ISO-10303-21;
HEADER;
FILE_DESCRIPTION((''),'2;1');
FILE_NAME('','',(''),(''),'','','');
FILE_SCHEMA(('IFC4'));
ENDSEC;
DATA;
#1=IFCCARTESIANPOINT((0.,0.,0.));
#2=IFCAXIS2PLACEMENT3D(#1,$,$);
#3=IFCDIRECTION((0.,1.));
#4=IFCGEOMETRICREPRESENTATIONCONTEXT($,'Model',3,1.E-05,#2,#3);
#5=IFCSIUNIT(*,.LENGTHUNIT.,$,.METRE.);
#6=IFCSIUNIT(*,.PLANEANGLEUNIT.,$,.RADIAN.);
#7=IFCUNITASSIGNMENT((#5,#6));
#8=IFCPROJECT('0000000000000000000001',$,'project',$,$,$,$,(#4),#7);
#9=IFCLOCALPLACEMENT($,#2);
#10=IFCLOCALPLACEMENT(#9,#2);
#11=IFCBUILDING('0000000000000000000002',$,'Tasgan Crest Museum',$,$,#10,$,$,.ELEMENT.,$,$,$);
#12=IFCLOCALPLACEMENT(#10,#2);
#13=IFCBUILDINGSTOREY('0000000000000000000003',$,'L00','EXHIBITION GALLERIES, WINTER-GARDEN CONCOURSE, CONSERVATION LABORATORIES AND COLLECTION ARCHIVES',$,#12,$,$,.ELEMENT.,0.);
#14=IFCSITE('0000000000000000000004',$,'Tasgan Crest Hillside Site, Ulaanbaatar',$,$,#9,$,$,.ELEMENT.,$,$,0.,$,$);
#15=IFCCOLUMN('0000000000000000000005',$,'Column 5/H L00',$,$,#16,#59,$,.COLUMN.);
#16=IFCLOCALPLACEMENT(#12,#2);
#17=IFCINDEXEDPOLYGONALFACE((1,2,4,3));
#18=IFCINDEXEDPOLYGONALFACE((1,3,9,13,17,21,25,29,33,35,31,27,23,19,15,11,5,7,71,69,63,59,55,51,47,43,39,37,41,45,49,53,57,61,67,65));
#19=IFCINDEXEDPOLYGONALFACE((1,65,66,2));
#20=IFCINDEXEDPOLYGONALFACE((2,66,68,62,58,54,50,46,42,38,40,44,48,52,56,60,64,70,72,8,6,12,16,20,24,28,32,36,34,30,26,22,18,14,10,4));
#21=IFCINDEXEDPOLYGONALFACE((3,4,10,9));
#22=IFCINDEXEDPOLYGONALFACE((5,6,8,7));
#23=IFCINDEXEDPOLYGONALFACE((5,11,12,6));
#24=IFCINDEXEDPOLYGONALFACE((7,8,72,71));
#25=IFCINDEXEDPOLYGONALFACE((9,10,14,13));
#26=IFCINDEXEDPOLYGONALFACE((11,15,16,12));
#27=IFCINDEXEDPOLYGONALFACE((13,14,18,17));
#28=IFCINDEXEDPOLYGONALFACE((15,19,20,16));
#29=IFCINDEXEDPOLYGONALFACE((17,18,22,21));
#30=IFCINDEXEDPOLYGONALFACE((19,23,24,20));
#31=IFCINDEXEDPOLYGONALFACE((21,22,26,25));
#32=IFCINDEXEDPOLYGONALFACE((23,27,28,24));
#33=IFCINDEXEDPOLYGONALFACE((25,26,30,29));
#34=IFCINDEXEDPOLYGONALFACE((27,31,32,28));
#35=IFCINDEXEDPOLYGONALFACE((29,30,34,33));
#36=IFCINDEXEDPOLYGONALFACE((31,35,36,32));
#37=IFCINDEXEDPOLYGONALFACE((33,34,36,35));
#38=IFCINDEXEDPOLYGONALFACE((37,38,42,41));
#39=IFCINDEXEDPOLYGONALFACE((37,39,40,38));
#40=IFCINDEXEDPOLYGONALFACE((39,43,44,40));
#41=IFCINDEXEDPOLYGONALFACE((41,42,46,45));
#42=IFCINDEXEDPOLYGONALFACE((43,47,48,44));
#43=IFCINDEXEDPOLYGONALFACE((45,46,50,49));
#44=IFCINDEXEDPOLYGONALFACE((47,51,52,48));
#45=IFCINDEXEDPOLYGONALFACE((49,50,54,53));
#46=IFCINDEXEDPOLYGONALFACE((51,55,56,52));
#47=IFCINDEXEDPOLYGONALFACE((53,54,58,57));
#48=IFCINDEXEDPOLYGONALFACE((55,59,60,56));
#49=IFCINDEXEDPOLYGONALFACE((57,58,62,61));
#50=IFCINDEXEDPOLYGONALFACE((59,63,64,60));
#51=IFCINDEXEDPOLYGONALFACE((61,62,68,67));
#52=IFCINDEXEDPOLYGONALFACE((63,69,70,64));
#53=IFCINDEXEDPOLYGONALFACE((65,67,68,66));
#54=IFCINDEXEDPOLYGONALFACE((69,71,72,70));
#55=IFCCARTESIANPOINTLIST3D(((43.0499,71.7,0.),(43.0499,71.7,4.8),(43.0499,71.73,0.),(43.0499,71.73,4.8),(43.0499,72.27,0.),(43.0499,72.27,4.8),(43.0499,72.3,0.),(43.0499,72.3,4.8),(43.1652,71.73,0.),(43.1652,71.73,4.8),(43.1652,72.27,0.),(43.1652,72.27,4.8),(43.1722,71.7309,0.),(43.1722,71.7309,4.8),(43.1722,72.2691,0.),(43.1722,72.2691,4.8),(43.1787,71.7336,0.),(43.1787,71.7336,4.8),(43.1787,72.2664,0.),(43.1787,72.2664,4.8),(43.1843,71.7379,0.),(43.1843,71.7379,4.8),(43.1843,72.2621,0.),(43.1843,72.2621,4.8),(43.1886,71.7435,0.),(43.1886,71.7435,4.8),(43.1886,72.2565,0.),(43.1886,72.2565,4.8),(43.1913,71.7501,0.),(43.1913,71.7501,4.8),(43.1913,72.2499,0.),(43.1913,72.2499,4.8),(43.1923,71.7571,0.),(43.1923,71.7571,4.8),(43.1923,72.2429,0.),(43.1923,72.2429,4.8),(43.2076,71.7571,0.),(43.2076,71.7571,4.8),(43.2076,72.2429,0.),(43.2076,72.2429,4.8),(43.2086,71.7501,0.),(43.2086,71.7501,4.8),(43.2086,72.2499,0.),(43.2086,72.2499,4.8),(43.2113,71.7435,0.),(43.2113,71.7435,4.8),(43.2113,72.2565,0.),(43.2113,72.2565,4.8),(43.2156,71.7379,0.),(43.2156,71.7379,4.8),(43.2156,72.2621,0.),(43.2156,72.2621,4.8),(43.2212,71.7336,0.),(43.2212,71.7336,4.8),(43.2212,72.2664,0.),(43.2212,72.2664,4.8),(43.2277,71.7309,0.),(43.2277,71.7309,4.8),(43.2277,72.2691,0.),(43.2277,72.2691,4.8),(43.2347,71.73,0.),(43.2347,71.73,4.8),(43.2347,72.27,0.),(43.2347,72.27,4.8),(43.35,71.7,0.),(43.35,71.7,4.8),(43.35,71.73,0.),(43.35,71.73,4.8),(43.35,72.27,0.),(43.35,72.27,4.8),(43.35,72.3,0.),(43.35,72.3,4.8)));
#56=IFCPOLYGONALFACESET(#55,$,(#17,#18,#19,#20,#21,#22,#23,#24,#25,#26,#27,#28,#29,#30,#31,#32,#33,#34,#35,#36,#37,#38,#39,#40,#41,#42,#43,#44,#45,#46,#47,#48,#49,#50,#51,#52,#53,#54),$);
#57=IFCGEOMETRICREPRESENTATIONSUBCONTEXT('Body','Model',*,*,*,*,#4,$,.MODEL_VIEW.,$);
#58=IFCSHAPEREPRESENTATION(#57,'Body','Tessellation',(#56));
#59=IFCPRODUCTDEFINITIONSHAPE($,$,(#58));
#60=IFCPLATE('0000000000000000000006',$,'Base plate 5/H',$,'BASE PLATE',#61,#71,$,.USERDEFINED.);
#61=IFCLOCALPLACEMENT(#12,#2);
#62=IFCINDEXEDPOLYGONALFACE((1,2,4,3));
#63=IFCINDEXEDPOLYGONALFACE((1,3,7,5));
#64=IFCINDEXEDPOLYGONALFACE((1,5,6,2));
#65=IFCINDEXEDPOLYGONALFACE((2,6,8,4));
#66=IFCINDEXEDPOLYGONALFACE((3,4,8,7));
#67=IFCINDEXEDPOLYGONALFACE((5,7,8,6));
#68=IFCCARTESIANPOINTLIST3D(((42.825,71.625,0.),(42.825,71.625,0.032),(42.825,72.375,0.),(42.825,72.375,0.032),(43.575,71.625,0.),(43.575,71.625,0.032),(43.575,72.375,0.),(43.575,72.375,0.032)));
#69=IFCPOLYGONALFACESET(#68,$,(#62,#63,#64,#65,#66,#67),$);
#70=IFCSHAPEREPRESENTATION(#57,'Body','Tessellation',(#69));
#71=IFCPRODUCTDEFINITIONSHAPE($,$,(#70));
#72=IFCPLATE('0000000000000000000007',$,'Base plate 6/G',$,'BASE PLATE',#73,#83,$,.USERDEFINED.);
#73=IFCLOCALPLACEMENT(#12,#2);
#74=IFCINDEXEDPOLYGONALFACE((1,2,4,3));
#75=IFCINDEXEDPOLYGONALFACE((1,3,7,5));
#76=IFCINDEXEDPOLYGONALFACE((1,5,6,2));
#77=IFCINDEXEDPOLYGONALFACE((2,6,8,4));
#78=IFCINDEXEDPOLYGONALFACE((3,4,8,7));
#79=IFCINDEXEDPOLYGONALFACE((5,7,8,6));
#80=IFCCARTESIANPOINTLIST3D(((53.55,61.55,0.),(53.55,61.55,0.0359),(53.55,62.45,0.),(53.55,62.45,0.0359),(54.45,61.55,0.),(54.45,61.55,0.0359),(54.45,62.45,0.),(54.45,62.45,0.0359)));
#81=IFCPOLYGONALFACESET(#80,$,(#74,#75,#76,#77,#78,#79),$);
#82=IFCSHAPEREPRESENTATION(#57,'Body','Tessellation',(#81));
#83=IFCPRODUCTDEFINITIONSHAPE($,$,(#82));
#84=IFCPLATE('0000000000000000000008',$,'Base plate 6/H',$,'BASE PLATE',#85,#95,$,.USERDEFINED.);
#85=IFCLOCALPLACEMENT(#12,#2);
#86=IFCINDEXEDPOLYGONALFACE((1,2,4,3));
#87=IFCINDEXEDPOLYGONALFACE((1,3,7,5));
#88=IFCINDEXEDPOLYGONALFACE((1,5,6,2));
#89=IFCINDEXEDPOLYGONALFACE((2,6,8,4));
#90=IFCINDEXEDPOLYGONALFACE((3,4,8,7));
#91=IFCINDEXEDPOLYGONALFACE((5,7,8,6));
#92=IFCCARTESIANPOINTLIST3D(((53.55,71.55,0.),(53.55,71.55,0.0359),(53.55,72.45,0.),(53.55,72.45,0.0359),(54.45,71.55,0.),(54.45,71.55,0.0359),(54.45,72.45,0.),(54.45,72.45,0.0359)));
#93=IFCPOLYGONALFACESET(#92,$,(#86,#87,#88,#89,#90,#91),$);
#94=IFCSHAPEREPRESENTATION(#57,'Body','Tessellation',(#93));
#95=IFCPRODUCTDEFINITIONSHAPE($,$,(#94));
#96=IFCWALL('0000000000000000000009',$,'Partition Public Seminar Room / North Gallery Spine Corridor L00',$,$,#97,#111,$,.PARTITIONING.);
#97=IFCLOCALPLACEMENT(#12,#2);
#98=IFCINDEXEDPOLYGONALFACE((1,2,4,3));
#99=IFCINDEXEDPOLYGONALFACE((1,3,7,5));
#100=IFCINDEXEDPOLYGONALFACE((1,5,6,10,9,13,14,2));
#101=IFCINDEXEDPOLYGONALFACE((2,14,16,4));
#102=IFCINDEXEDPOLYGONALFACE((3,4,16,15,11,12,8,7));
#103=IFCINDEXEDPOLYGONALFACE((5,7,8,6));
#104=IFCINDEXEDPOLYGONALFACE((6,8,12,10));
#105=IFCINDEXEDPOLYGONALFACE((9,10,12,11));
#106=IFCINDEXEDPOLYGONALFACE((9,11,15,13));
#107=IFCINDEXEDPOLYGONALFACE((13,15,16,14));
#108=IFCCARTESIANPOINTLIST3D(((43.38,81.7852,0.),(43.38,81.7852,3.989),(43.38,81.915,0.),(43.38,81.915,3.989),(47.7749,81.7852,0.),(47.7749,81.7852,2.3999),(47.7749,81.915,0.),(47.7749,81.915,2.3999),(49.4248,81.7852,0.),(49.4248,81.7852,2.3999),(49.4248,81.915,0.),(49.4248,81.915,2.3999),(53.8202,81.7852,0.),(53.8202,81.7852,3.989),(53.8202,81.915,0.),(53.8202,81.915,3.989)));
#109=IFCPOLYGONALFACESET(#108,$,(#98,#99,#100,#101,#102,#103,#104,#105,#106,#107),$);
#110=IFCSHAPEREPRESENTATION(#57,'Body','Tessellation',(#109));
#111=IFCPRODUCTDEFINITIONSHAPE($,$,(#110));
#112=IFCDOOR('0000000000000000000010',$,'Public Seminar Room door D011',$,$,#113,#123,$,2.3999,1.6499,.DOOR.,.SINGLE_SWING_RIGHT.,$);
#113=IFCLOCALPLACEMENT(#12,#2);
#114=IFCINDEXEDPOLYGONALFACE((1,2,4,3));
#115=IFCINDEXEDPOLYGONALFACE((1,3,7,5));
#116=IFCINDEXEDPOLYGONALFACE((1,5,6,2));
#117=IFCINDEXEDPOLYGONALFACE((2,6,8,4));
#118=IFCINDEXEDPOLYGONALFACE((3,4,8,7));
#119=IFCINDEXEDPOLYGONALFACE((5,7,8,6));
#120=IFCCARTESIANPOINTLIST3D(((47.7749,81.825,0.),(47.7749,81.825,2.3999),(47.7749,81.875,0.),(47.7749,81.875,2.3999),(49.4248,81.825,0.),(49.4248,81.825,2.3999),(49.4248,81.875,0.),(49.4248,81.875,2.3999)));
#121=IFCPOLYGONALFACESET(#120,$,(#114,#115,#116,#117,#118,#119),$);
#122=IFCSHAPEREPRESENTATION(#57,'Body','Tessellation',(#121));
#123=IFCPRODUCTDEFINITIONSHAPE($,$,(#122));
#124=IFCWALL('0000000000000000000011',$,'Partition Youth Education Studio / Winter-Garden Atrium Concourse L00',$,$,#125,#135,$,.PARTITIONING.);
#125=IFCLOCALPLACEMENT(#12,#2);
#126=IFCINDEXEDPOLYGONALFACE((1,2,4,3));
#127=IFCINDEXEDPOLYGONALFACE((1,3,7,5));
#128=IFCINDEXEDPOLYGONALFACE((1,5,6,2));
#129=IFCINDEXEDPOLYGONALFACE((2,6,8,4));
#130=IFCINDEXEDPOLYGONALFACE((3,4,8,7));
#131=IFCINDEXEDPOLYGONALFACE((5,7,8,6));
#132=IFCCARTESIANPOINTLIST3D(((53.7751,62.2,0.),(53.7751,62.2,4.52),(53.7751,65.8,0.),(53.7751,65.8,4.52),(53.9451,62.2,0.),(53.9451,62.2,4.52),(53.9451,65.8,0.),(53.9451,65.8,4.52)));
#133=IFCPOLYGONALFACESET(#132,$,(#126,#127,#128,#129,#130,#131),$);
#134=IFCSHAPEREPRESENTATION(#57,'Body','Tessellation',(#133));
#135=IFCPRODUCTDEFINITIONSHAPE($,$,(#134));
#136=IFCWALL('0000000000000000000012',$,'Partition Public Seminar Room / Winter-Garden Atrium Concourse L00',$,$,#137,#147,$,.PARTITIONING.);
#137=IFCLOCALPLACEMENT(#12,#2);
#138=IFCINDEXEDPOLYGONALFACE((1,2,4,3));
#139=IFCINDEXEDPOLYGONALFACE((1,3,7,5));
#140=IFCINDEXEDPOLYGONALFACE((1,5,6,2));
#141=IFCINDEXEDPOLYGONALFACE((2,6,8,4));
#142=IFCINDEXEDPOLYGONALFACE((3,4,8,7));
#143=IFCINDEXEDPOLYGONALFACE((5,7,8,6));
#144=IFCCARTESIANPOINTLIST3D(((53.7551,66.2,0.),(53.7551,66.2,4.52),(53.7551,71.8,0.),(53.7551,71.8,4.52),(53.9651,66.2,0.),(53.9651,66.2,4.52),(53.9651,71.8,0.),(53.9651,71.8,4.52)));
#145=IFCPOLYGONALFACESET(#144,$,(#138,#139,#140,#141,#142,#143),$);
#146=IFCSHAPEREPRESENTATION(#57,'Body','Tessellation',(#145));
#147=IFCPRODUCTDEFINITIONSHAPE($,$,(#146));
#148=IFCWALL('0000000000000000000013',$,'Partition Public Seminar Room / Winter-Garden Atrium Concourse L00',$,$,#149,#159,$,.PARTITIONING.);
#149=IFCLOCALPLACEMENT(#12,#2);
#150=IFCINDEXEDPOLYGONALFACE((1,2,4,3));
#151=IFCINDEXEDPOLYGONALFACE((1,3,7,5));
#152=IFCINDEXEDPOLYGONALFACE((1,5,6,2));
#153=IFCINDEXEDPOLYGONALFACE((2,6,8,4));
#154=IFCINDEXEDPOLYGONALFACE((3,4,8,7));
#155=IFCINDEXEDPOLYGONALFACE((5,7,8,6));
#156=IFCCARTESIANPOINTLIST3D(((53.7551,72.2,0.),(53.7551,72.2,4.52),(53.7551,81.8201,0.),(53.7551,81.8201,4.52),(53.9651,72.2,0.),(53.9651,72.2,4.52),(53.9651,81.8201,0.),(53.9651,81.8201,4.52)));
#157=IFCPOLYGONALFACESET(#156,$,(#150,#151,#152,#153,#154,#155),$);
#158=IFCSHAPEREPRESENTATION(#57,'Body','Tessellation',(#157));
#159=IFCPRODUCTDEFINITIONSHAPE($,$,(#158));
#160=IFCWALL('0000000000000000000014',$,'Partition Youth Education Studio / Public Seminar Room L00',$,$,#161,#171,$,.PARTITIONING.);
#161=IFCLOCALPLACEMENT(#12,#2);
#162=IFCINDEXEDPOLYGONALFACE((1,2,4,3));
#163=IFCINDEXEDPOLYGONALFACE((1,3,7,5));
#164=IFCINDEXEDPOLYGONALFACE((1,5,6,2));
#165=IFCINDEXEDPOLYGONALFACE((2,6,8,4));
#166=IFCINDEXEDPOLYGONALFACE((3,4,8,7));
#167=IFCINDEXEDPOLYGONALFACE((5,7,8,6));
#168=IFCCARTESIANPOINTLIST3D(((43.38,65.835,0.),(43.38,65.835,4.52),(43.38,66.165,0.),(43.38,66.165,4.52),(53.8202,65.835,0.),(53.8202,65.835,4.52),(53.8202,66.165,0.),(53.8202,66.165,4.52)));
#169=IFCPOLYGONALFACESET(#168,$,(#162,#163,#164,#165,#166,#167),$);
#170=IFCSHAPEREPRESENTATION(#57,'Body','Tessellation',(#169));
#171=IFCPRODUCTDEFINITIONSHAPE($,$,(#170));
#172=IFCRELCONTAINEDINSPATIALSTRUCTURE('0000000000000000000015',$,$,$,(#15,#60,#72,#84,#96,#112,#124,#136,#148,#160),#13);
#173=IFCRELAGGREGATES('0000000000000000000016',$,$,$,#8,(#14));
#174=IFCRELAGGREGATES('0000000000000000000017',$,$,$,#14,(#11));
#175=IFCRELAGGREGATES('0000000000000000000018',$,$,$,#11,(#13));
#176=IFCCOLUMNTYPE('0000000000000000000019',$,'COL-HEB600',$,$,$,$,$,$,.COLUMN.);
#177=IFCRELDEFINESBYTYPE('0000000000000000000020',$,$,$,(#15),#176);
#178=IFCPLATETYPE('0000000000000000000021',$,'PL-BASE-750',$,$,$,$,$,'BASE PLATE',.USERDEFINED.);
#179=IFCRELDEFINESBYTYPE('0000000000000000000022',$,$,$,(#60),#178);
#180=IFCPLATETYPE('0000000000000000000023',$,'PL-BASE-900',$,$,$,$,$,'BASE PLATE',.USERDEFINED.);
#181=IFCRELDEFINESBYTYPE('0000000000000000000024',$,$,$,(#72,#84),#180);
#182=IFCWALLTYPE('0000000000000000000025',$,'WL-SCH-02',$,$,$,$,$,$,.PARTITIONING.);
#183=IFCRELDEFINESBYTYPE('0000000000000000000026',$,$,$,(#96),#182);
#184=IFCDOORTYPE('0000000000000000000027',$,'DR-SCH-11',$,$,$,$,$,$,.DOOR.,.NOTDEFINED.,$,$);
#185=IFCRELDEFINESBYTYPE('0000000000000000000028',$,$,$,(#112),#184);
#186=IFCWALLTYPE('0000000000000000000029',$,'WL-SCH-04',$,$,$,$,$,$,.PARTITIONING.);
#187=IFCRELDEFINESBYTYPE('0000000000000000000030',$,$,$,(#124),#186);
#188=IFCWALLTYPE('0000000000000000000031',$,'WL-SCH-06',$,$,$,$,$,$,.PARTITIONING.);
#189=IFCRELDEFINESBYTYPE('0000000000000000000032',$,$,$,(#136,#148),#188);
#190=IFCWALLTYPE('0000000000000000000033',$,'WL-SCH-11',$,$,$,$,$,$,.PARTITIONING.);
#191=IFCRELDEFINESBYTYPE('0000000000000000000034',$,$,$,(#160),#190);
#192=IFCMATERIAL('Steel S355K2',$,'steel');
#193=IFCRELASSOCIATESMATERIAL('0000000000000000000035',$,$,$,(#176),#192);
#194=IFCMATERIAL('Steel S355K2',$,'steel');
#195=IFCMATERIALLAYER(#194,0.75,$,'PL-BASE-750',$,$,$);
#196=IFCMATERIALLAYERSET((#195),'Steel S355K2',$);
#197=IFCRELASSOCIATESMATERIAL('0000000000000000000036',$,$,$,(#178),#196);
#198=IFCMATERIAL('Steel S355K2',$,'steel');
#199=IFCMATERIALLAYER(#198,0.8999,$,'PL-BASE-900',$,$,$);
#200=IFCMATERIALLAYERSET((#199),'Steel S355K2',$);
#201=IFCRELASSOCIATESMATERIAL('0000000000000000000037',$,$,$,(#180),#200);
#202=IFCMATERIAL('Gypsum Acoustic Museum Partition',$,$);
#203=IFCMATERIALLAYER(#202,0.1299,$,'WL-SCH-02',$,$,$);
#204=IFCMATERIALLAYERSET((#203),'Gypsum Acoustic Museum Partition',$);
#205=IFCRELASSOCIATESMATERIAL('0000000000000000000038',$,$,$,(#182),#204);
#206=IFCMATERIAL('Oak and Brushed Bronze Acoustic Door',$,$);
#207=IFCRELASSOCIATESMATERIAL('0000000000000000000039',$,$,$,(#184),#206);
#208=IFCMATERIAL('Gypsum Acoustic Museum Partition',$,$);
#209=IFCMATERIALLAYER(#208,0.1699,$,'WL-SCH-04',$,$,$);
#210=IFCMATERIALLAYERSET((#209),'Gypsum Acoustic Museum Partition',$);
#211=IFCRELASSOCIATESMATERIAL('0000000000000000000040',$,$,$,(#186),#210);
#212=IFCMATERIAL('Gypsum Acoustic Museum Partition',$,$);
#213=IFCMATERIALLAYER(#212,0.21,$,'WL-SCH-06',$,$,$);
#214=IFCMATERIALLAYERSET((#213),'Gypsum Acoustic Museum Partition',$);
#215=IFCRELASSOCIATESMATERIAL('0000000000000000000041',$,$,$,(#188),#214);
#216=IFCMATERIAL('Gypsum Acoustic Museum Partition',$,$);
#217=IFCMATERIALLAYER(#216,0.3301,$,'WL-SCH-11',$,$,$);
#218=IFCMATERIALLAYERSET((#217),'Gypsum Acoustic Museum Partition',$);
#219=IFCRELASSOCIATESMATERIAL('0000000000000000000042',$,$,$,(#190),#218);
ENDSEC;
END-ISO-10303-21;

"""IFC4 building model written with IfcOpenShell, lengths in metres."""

from ifc_helpers import new_model, si_unit, direction, frame, frame_2d, origin, origin_2d, place, context, subcontext, project, spatial, rectangle, i_section, extrude, material, layer, layer_set, material_profile, profile_set, type_object, element, fill, save


model = new_model("IFC4")

# Units and contexts
model_context = context("Model", 3, precision=1e-05, world=origin(), true_north=direction((0.0, 1.0)))
body_context = subcontext(model_context, "Body", "Model", "MODEL_VIEW")
ifc_project = project(units=[si_unit("LENGTHUNIT", "METRE"), si_unit("PLANEANGLEUNIT", "RADIAN")], contexts=[model_context])

# Site, building, storey
site_placement = place(None, origin())
site = spatial("IfcSite", under=ifc_project, at=site_placement, Name="Tasgan Crest Hillside Site, Ulaanbaatar", CompositionType="ELEMENT", RefElevation=0.0)
building_placement = place(site_placement, origin())
building = spatial("IfcBuilding", under=site, at=building_placement, Name="Tasgan Crest Museum", CompositionType="ELEMENT")
storey_placement = place(building_placement, origin())
storey = spatial("IfcBuildingStorey", under=building, at=storey_placement, Name="L00", Description="EXHIBITION GALLERIES, WINTER-GARDEN CONCOURSE, CONSERVATION LABORATORIES AND COLLECTION ARCHIVES", CompositionType="ELEMENT", Elevation=0.0)

# Column
ifc_material_1 = material(Name="Steel S355K2", Category="steel")
ifc_material_profile_1 = material_profile(ifc_material_1, i_section(OverallWidth=0.3, OverallDepth=0.6001, WebThickness=0.0154, FlangeThickness=0.03, FilletRadius=0.0271, at=origin_2d()), Name="HEB 600")
ifc_profile_set_1 = profile_set([ifc_material_profile_1], Name="Steel S355K2")
column_type_1 = type_object("IfcColumnType", Name="COL-HEB600", PredefinedType="COLUMN", material=ifc_profile_set_1)
column_placement = place(storey_placement, frame((43.2, 72.0, 0.0), z_axis=(0.0, 0.0, 1.0), x_axis=(1.0, 0.0, 0.0)))
element("IfcColumn", 1, at=column_placement, inside=storey, type_object=column_type_1, Name="Column 5/H L00", PredefinedType="COLUMN", context=body_context, shape_type="SweptSolid", body=[
    extrude(i_section(OverallWidth=0.3, OverallDepth=0.6001, WebThickness=0.0154, FlangeThickness=0.03, FilletRadius=0.0271, at=origin_2d()), origin(), (0.0, 0.0, 1.0), 4.8),
])

# Plates
ifc_material_2 = material(Name="Steel S355K2", Category="steel")
ifc_layer_1 = layer(ifc_material_2, 0.75, Name="PL-BASE-750")
ifc_layer_set_1 = layer_set([ifc_layer_1], Name="Steel S355K2")
plate_type_1 = type_object("IfcPlateType", Name="PL-BASE-750", ElementType="BASE PLATE", PredefinedType="USERDEFINED", material=ifc_layer_set_1)
plate_placement = place(storey_placement, frame((43.2, 72.0, 0.0), z_axis=(0.0, 0.0, 1.0), x_axis=(1.0, 0.0, 0.0)))
element("IfcPlate", 2, at=plate_placement, inside=storey, type_object=plate_type_1, Name="Base plate 5/H", ObjectType="BASE PLATE", PredefinedType="USERDEFINED", context=body_context, shape_type="SweptSolid", body=[
    extrude(rectangle(XDim=0.75, YDim=0.75, at=origin_2d()), origin(), (0.0, 0.0, 1.0), 0.032),
])
ifc_material_3 = material(Name="Steel S355K2", Category="steel")
ifc_layer_2 = layer(ifc_material_3, 0.8999, Name="PL-BASE-900")
ifc_layer_set_2 = layer_set([ifc_layer_2], Name="Steel S355K2")
plate_type_2 = type_object("IfcPlateType", Name="PL-BASE-900", ElementType="BASE PLATE", PredefinedType="USERDEFINED", material=ifc_layer_set_2)
for number, where, z_axis, x_axis, name in (
    (3, (54.0, 62.0, 0.0), (0.0, 0.0, 1.0), (1.0, 0.0, 0.0), "Base plate 6/G"),
    (4, (54.0, 72.0, 0.0), (0.0, 0.0, 1.0), (1.0, 0.0, 0.0), "Base plate 6/H"),
):
    element("IfcPlate", number, at=place(storey_placement, frame(where, z_axis=z_axis, x_axis=x_axis)), inside=storey, type_object=plate_type_2, Name=name, ObjectType="BASE PLATE", PredefinedType="USERDEFINED", context=body_context, shape_type="SweptSolid", body=[
        extrude(rectangle(XDim=0.8999, YDim=0.8999, at=origin_2d()), origin(), (0.0, 0.0, 1.0), 0.0359),
    ])

# Wall, opening, door
ifc_material_4 = material(Name="Gypsum Acoustic Museum Partition")
ifc_layer_3 = layer(ifc_material_4, 0.1299, Name="WL-SCH-02")
ifc_layer_set_3 = layer_set([ifc_layer_3], Name="Gypsum Acoustic Museum Partition")
wall_type_1 = type_object("IfcWallType", Name="WL-SCH-02", PredefinedType="PARTITIONING", material=ifc_layer_set_3)
wall_1_placement = place(storey_placement, frame((43.3799, 81.8501, 0.0), z_axis=(0.0, 0.0, 1.0), x_axis=(1.0, 0.0, 0.0)))
wall_1 = element("IfcWall", 5, at=wall_1_placement, inside=storey, type_object=wall_type_1, Name="Partition Public Seminar Room / North Gallery Spine Corridor L00", PredefinedType="PARTITIONING", context=body_context, shape_type="SweptSolid", body=[
    extrude(rectangle(XDim=10.4402, YDim=0.1299, at=frame_2d((5.2202, 0.0))), origin(), (0.0, 0.0, 1.0), 3.989),
])
opening_placement = place(wall_1_placement, frame((4.395, 0.0, 0.0)))
opening = element("IfcOpeningElement", 6, at=opening_placement, cuts=wall_1, PredefinedType="OPENING", context=body_context, shape_type="SweptSolid", body=[
    extrude(rectangle(XDim=1.6499, YDim=2.3999, at=frame_2d((0.825, 1.2))), frame((0.0, 0.075, 0.0), z_axis=(0.0, -1.0, 0.0), x_axis=(1.0, 0.0, 0.0)), (0.0, 0.0, 1.0), 0.1499),
])
ifc_material_5 = material(Name="Oak and Brushed Bronze Acoustic Door")
door_type = type_object("IfcDoorType", Name="DR-SCH-11", OperationType="NOTDEFINED", PredefinedType="DOOR", material=ifc_material_5)
door_placement = place(opening_placement, origin())
door = element("IfcDoor", 7, at=door_placement, inside=storey, type_object=door_type, Name="Public Seminar Room door D011", OperationType="SINGLE_SWING_RIGHT", OverallHeight=2.3999, OverallWidth=1.6499, PredefinedType="DOOR", context=body_context, shape_type="SweptSolid", body=[
    extrude(rectangle(XDim=1.6499, YDim=2.3999, at=frame_2d((0.825, 1.2))), frame((0.0, 0.0249, 0.0), z_axis=(0.0, -1.0, 0.0), x_axis=(1.0, 0.0, 0.0)), (0.0, 0.0, 1.0), 0.05),
])
fill(opening, door)

# Walls
ifc_material_6 = material(Name="Gypsum Acoustic Museum Partition")
ifc_layer_4 = layer(ifc_material_6, 0.1699, Name="WL-SCH-04")
ifc_layer_set_4 = layer_set([ifc_layer_4], Name="Gypsum Acoustic Museum Partition")
wall_type_2 = type_object("IfcWallType", Name="WL-SCH-04", PredefinedType="PARTITIONING", material=ifc_layer_set_4)
wall_2_placement = place(storey_placement, frame((53.8601, 62.2, 0.0), z_axis=(0.0, 0.0, 1.0), x_axis=(0.0, 1.0, 0.0)))
element("IfcWall", 8, at=wall_2_placement, inside=storey, type_object=wall_type_2, Name="Partition Youth Education Studio / Winter-Garden Atrium Concourse L00", PredefinedType="PARTITIONING", context=body_context, shape_type="SweptSolid", body=[
    extrude(rectangle(XDim=3.6001, YDim=0.1699, at=frame_2d((1.8, 0.0))), origin(), (0.0, 0.0, 1.0), 4.52),
])
ifc_material_7 = material(Name="Gypsum Acoustic Museum Partition")
ifc_layer_5 = layer(ifc_material_7, 0.21, Name="WL-SCH-06")
ifc_layer_set_5 = layer_set([ifc_layer_5], Name="Gypsum Acoustic Museum Partition")
wall_type_3 = type_object("IfcWallType", Name="WL-SCH-06", PredefinedType="PARTITIONING", material=ifc_layer_set_5)
wall_3_placement = place(storey_placement, frame((53.8601, 66.2, 0.0), z_axis=(0.0, 0.0, 1.0), x_axis=(0.0, 1.0, 0.0)))
element("IfcWall", 9, at=wall_3_placement, inside=storey, type_object=wall_type_3, Name="Partition Public Seminar Room / Winter-Garden Atrium Concourse L00", PredefinedType="PARTITIONING", context=body_context, shape_type="SweptSolid", body=[
    extrude(rectangle(XDim=5.6001, YDim=0.21, at=frame_2d((2.8, 0.0))), origin(), (0.0, 0.0, 1.0), 4.52),
])
wall_4_placement = place(storey_placement, frame((53.8601, 72.2, 0.0), z_axis=(0.0, 0.0, 1.0), x_axis=(0.0, 1.0, 0.0)))
element("IfcWall", 10, at=wall_4_placement, inside=storey, type_object=wall_type_3, Name="Partition Public Seminar Room / Winter-Garden Atrium Concourse L00", PredefinedType="PARTITIONING", context=body_context, shape_type="SweptSolid", body=[
    extrude(rectangle(XDim=9.6201, YDim=0.21, at=frame_2d((4.8101, 0.0))), origin(), (0.0, 0.0, 1.0), 4.52),
])
ifc_material_8 = material(Name="Gypsum Acoustic Museum Partition")
ifc_layer_6 = layer(ifc_material_8, 0.3301, Name="WL-SCH-11")
ifc_layer_set_6 = layer_set([ifc_layer_6], Name="Gypsum Acoustic Museum Partition")
wall_type_4 = type_object("IfcWallType", Name="WL-SCH-11", PredefinedType="PARTITIONING", material=ifc_layer_set_6)
wall_5_placement = place(storey_placement, frame((43.3799, 66.0, 0.0), z_axis=(0.0, 0.0, 1.0), x_axis=(1.0, 0.0, 0.0)))
element("IfcWall", 11, at=wall_5_placement, inside=storey, type_object=wall_type_4, Name="Partition Youth Education Studio / Public Seminar Room L00", PredefinedType="PARTITIONING", context=body_context, shape_type="SweptSolid", body=[
    extrude(rectangle(XDim=10.4402, YDim=0.3301, at=frame_2d((5.2202, 0.0))), origin(), (0.0, 0.0, 1.0), 4.52),
])

save(model, "model.ifc")
